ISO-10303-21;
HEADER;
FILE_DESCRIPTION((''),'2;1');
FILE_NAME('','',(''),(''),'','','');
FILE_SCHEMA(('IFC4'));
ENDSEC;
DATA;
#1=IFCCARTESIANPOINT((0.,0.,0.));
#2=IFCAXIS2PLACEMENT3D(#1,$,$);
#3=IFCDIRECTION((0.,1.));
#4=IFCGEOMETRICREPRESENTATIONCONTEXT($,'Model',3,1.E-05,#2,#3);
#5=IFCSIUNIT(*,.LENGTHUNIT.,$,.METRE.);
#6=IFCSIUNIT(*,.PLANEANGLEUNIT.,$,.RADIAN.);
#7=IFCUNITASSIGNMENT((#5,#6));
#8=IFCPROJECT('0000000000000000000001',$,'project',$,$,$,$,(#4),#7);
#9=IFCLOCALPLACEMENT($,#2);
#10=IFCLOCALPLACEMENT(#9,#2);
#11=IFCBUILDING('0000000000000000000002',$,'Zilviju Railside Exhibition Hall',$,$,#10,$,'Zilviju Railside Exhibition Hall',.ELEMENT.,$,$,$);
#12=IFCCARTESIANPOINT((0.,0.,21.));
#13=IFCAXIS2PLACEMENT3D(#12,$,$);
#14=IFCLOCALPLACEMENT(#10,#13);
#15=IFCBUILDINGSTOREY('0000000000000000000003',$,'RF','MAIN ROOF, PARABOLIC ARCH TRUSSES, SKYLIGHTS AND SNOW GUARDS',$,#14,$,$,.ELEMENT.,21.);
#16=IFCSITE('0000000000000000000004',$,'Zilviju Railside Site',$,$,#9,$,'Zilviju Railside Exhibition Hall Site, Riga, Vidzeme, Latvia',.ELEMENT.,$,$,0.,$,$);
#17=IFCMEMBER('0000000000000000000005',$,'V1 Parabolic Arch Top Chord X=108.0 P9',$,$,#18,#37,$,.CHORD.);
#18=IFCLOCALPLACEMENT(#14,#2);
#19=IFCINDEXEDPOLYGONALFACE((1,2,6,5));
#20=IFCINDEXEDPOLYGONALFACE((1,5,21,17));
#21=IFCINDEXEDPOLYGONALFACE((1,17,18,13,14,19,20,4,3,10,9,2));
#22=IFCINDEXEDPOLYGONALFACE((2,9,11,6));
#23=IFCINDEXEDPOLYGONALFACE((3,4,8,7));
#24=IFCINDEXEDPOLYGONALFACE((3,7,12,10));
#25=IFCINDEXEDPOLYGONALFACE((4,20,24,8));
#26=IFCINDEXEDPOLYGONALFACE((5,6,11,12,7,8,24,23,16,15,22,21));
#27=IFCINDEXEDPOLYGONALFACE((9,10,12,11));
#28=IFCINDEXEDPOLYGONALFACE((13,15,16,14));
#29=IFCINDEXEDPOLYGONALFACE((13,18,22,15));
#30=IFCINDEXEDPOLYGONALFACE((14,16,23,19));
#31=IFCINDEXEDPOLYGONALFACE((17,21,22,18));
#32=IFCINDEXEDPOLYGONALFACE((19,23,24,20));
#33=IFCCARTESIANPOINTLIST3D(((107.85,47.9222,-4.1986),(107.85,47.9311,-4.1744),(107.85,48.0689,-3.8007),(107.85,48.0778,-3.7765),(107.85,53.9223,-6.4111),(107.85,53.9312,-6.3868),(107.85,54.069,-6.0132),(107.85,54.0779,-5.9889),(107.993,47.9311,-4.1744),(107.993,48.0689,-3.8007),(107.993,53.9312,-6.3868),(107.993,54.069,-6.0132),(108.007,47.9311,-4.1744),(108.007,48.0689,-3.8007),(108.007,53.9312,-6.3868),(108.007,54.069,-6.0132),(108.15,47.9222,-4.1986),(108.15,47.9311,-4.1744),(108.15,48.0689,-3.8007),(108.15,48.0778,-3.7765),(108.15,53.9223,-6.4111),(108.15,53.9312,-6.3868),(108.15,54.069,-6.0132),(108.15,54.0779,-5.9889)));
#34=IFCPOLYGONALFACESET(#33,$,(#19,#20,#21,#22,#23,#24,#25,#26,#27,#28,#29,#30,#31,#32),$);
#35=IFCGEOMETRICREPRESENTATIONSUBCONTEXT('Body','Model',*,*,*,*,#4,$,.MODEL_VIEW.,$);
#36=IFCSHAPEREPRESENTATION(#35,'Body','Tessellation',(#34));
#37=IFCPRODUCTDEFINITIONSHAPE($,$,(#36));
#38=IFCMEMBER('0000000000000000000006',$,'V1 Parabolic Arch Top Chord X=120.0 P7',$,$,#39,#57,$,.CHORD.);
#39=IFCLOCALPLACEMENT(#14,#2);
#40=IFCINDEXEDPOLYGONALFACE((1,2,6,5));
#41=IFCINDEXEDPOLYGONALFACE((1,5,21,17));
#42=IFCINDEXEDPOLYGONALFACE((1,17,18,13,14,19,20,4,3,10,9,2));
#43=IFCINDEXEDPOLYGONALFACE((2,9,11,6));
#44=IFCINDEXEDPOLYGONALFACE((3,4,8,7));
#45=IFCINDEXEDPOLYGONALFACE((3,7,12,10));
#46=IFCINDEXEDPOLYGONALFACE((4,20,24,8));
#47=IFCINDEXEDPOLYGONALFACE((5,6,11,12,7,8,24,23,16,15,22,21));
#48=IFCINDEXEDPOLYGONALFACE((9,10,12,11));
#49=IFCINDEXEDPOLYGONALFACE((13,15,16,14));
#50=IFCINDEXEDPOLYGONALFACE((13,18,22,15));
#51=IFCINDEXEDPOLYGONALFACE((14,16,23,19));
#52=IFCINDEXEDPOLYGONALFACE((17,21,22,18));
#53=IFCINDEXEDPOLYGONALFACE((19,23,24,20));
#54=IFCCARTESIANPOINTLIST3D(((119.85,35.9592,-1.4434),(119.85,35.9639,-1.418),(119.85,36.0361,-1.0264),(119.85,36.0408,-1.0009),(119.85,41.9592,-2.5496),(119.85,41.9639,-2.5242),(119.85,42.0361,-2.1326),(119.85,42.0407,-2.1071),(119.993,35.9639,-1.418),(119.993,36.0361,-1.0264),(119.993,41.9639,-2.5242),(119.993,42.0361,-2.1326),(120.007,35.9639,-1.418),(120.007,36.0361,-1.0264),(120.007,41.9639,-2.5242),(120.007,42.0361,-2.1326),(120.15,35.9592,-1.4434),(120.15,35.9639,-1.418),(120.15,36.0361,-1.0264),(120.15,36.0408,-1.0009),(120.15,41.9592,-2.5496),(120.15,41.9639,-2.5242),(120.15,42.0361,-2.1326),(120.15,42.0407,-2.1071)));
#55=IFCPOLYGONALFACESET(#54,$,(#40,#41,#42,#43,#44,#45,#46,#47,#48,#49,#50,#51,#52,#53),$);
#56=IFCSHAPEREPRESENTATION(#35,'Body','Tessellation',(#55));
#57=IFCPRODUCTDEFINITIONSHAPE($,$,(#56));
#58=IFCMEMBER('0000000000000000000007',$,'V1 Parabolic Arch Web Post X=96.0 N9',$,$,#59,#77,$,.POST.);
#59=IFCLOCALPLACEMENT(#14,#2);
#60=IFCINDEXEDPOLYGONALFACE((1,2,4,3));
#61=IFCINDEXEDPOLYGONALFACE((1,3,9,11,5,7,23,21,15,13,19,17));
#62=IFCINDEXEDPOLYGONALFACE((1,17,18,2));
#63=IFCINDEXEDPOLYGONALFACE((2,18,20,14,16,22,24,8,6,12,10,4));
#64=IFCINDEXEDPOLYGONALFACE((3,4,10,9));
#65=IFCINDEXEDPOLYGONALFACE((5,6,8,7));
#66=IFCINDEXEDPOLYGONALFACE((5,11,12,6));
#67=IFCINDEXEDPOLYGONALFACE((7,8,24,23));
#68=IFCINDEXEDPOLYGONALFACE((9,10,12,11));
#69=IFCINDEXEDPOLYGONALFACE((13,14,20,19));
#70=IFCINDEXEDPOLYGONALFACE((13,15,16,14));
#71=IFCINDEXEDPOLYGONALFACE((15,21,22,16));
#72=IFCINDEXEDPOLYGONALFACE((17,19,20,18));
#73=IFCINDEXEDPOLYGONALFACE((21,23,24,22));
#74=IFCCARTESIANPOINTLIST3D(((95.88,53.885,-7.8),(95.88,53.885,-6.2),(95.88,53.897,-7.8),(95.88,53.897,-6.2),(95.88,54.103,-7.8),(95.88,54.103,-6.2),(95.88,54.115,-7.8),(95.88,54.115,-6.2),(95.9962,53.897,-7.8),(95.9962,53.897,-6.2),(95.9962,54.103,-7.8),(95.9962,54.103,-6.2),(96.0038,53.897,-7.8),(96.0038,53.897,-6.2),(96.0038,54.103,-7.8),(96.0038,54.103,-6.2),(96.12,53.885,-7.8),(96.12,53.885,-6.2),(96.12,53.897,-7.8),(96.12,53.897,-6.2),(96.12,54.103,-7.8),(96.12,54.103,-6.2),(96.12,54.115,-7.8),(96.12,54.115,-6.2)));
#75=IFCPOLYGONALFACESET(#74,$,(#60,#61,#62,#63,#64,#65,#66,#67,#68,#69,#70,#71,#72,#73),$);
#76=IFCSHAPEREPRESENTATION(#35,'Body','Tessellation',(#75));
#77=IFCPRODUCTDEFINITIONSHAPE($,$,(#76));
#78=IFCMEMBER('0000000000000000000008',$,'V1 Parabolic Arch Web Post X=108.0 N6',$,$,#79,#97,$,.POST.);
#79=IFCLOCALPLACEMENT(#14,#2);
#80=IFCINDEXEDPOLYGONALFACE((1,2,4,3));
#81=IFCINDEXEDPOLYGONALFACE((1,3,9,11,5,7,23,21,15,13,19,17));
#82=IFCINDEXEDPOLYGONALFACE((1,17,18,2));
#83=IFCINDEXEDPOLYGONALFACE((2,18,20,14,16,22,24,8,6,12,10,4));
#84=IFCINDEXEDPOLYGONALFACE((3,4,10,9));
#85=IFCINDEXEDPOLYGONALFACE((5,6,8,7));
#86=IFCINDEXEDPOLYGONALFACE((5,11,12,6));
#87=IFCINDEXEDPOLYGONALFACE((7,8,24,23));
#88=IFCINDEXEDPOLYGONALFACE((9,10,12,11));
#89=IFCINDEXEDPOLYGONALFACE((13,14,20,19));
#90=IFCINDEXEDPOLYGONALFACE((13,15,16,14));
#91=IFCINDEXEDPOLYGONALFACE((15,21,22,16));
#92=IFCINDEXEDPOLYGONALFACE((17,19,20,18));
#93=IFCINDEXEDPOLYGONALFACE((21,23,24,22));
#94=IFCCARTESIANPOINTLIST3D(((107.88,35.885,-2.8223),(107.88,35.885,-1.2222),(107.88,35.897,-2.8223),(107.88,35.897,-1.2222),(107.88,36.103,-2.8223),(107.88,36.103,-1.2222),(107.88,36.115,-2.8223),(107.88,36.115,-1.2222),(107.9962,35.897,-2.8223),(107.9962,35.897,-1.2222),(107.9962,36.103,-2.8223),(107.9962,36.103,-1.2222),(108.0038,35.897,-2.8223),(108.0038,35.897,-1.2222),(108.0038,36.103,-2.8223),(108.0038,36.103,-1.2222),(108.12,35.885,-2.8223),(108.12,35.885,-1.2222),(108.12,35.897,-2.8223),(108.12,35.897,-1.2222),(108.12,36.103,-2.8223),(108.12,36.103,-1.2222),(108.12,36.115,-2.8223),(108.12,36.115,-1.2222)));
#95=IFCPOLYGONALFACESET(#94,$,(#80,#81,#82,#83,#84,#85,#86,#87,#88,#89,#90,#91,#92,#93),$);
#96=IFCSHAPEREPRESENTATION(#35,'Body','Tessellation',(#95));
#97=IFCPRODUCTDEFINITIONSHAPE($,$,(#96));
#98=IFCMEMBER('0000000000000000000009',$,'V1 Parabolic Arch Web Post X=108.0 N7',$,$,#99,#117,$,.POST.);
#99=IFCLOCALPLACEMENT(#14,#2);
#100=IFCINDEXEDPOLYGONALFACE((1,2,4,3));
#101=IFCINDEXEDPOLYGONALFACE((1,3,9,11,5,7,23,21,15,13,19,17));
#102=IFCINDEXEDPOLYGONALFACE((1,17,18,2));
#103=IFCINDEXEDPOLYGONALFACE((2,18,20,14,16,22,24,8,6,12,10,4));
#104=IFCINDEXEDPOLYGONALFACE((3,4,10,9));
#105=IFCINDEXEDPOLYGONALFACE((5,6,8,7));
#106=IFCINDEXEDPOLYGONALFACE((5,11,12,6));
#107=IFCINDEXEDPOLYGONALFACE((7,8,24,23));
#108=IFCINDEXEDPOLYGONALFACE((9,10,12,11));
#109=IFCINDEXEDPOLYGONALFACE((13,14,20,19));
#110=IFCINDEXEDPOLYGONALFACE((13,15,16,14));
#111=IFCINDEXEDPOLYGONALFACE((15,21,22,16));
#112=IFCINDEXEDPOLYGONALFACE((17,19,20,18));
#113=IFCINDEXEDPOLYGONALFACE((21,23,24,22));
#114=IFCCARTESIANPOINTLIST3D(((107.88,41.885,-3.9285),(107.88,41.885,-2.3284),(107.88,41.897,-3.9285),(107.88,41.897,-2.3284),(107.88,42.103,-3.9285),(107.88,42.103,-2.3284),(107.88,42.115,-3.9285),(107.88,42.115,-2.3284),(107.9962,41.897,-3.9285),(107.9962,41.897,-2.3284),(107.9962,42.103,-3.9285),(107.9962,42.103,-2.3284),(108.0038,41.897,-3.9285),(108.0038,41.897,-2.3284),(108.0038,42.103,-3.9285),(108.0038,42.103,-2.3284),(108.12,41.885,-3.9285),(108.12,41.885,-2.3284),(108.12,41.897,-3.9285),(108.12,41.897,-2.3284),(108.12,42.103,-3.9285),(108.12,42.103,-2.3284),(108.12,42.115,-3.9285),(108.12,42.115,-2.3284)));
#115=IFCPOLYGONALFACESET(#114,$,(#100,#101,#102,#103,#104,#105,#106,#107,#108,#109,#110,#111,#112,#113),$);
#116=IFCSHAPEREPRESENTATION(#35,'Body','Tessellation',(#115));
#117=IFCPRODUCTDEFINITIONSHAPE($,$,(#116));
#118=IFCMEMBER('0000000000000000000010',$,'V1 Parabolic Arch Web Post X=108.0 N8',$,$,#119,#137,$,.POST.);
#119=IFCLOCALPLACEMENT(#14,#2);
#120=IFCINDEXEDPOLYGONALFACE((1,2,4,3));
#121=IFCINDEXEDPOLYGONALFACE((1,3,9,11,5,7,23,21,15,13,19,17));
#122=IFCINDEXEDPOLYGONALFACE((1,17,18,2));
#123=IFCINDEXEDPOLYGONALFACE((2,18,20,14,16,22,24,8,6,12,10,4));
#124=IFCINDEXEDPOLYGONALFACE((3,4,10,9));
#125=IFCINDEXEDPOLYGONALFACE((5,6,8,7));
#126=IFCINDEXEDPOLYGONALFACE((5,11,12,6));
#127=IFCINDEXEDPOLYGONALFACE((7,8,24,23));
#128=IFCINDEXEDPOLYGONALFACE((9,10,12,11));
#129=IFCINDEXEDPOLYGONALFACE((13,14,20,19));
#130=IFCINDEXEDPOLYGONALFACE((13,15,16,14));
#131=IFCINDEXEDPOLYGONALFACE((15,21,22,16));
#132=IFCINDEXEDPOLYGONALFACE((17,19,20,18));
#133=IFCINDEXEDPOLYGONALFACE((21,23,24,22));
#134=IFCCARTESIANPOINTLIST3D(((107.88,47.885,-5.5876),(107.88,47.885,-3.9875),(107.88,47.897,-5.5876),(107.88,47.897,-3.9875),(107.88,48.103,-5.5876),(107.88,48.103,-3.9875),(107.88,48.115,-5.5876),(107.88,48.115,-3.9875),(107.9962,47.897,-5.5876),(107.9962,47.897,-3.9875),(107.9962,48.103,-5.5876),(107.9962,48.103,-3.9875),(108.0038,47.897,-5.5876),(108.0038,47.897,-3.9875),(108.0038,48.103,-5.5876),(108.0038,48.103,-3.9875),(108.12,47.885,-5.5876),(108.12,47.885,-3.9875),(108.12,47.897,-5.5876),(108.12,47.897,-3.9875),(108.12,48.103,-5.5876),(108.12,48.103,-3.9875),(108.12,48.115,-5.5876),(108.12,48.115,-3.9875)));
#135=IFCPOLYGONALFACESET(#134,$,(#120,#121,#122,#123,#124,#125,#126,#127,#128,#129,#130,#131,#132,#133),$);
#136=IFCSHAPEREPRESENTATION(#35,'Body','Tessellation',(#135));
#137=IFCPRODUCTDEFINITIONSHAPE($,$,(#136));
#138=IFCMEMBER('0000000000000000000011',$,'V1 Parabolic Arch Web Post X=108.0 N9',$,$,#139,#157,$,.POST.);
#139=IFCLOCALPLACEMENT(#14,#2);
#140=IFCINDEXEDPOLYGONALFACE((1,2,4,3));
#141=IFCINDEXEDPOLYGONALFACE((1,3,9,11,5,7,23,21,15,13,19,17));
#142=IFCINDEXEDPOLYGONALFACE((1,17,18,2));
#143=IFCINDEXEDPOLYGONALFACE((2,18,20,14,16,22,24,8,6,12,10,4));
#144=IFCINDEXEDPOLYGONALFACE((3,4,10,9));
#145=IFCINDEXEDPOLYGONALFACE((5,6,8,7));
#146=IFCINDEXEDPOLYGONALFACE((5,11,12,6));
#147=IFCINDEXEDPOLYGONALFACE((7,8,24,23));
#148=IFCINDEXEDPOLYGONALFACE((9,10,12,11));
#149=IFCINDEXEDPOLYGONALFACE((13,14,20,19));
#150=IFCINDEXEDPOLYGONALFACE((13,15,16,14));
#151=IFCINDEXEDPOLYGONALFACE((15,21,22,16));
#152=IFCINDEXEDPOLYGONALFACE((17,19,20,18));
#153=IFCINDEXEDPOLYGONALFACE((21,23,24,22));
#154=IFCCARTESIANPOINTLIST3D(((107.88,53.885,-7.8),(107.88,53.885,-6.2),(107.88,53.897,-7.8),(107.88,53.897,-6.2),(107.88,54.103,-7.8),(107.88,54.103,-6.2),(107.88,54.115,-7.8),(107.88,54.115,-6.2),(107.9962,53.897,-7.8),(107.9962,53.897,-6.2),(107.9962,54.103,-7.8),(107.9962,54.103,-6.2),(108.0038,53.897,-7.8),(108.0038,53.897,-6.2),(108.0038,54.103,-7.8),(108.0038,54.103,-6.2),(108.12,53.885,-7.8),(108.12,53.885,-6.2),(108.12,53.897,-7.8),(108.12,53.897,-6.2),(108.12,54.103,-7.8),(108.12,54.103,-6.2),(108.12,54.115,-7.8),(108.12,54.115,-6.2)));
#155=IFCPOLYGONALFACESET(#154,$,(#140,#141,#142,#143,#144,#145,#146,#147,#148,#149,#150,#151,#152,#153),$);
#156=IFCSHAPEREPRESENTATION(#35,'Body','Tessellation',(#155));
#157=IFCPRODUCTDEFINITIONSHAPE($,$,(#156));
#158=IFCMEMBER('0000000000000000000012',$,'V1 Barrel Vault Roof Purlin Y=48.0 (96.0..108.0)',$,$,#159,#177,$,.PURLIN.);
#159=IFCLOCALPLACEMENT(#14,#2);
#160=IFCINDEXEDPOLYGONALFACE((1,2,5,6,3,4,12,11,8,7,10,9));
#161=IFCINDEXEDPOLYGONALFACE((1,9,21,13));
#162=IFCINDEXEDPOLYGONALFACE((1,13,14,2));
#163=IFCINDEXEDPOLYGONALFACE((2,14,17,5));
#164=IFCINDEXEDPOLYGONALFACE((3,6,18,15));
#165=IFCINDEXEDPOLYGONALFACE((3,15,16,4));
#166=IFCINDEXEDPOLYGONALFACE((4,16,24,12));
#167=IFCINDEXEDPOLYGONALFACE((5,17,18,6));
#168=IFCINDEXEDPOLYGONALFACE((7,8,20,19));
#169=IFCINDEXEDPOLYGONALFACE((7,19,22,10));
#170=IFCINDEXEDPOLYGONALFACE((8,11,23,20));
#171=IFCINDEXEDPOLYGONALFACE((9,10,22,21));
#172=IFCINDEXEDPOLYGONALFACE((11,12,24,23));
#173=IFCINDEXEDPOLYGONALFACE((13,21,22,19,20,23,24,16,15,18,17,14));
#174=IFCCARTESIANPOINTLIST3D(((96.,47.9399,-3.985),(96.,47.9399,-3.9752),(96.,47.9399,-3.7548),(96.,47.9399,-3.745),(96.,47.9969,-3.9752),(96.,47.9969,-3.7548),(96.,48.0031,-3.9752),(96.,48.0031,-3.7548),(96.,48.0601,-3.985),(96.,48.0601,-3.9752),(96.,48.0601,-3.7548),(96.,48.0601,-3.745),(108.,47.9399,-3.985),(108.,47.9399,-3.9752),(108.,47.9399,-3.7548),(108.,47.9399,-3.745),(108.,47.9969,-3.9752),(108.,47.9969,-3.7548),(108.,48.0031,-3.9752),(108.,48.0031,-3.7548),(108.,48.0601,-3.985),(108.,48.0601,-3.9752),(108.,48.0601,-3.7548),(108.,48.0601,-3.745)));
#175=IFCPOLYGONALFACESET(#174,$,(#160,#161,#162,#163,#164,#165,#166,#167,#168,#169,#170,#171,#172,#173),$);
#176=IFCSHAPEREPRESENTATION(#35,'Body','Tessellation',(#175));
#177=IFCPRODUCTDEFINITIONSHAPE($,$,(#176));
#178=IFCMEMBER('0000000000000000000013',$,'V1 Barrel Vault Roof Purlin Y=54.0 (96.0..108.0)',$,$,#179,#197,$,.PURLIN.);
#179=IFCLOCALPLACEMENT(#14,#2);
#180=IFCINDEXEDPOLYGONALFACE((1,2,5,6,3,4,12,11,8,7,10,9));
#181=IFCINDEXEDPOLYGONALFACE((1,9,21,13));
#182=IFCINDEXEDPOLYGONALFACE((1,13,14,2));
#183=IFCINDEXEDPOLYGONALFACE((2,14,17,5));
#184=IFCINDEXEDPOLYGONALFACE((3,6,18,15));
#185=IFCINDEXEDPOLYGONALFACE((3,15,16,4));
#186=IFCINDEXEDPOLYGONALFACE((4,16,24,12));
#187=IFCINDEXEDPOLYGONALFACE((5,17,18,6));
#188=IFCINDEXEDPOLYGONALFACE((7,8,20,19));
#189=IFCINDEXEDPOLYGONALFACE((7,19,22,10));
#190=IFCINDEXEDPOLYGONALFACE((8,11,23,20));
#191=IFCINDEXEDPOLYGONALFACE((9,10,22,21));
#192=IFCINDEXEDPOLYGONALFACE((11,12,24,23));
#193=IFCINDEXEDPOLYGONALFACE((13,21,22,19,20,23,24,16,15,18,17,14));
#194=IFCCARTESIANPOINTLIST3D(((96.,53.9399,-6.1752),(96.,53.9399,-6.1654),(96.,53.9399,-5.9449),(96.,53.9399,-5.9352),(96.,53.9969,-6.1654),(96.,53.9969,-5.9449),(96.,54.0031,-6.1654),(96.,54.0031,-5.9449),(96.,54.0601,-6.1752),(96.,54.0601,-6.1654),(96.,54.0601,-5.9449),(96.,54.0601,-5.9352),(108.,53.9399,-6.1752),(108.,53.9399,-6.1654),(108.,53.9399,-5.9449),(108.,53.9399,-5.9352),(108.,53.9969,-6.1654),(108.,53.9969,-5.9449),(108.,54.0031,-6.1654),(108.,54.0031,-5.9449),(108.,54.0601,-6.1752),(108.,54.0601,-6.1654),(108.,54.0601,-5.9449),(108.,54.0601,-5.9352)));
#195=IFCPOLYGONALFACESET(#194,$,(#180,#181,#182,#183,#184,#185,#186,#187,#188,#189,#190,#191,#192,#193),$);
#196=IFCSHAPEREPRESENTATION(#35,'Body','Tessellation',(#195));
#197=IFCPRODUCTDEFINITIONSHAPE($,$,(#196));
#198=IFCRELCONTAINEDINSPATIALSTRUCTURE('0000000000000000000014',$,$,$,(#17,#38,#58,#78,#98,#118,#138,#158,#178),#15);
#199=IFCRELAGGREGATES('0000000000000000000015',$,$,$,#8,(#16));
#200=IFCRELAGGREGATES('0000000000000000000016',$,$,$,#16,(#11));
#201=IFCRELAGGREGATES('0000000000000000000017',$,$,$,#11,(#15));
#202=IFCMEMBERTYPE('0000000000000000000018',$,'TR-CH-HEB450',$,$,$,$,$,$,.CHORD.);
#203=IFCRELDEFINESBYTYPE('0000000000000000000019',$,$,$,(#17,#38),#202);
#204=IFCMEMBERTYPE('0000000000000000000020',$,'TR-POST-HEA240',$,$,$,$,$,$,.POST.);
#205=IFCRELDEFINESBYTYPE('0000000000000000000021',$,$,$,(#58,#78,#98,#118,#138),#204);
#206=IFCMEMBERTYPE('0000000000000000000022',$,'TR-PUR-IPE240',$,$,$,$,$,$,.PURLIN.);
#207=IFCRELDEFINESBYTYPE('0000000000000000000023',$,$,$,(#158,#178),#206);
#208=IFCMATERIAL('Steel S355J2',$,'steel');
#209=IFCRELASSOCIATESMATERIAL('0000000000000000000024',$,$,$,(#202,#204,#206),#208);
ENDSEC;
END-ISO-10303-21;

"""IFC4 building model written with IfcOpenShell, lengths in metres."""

from ifc_helpers import new_model, si_unit, direction, frame, origin, origin_2d, place, context, subcontext, project, spatial, i_section, extrude, material, material_profile, profile_set, type_object, element, save


model = new_model("IFC4")

# Units and contexts
model_context = context("Model", 3, precision=1e-05, world=origin(), true_north=direction((0.0, 1.0)))
body_context = subcontext(model_context, "Body", "Model", "MODEL_VIEW")
ifc_project = project(units=[si_unit("LENGTHUNIT", "METRE"), si_unit("PLANEANGLEUNIT", "RADIAN")], contexts=[model_context])

# Site, building, storey
site_placement = place(None, origin())
site = spatial("IfcSite", under=ifc_project, at=site_placement, Name="Zilviju Railside Site", LongName="Zilviju Railside Exhibition Hall Site, Riga, Vidzeme, Latvia", CompositionType="ELEMENT", RefElevation=0.0)
building_placement = place(site_placement, origin())
building = spatial("IfcBuilding", under=site, at=building_placement, Name="Zilviju Railside Exhibition Hall", LongName="Zilviju Railside Exhibition Hall", CompositionType="ELEMENT")
storey_placement = place(building_placement, frame((0.0, 0.0, 21.0)))
storey = spatial("IfcBuildingStorey", under=building, at=storey_placement, Name="RF", Description="MAIN ROOF, PARABOLIC ARCH TRUSSES, SKYLIGHTS AND SNOW GUARDS", CompositionType="ELEMENT", Elevation=21.0)

# Members
ifc_material_1 = material(Name="Steel S355J2", Category="steel")
ifc_material_profile_1 = material_profile(ifc_material_1, i_section(OverallWidth=0.3, OverallDepth=0.45, WebThickness=0.0139, FlangeThickness=0.0259, at=origin_2d()), Name="HEB 450")
ifc_profile_set_1 = profile_set([ifc_material_profile_1], Name="Steel S355J2")
member_type_1 = type_object("IfcMemberType", Name="TR-CH-HEB450", PredefinedType="CHORD", material=ifc_profile_set_1)
member_1_placement = place(storey_placement, frame((108.0, 48.0, -3.9875), z_axis=(0.0, 0.938248, -0.345964), x_axis=(-1.0, 0.0, 0.0)))
element("IfcMember", 1, at=member_1_placement, inside=storey, type_object=member_type_1, Name="V1 Parabolic Arch Top Chord X=108.0 P9", PredefinedType="CHORD", context=body_context, shape_type="SweptSolid", body=[
    extrude(i_section(OverallWidth=0.3, OverallDepth=0.45, WebThickness=0.0139, FlangeThickness=0.0259, at=origin_2d()), origin(), (0.0, 0.0, 1.0), 6.395),
])
member_2_placement = place(storey_placement, frame((120.0, 36.0, -1.2222), z_axis=(0.0, 0.983426, -0.181311), x_axis=(-1.0, 0.0, 0.0)))
element("IfcMember", 2, at=member_2_placement, inside=storey, type_object=member_type_1, Name="V1 Parabolic Arch Top Chord X=120.0 P7", PredefinedType="CHORD", context=body_context, shape_type="SweptSolid", body=[
    extrude(i_section(OverallWidth=0.3, OverallDepth=0.45, WebThickness=0.0139, FlangeThickness=0.0259, at=origin_2d()), origin(), (0.0, 0.0, 1.0), 6.1011),
])
ifc_material_profile_2 = material_profile(ifc_material_1, i_section(OverallWidth=0.24, OverallDepth=0.23, WebThickness=0.0076, FlangeThickness=0.012, at=origin_2d()), Name="HEA 240")
ifc_profile_set_2 = profile_set([ifc_material_profile_2], Name="Steel S355J2")
member_type_2 = type_object("IfcMemberType", Name="TR-POST-HEA240", PredefinedType="POST", material=ifc_profile_set_2)
for number, where, z_axis, x_axis, name in (
    (3, (96.0, 54.0, -7.8), (0.0, 0.0, 1.0), (1.0, 0.0, 0.0), "V1 Parabolic Arch Web Post X=96.0 N9"),
    (4, (108.0, 36.0, -2.8223), (0.0, 0.0, 1.0), (1.0, 0.0, 0.0), "V1 Parabolic Arch Web Post X=108.0 N6"),
    (5, (108.0, 42.0, -3.9285), (0.0, 0.0, 1.0), (1.0, 0.0, 0.0), "V1 Parabolic Arch Web Post X=108.0 N7"),
    (6, (108.0, 48.0, -5.5876), (0.0, 0.0, 1.0), (1.0, 0.0, 0.0), "V1 Parabolic Arch Web Post X=108.0 N8"),
    (7, (108.0, 54.0, -7.8), (0.0, 0.0, 1.0), (1.0, 0.0, 0.0), "V1 Parabolic Arch Web Post X=108.0 N9"),
):
    element("IfcMember", number, at=place(storey_placement, frame(where, z_axis=z_axis, x_axis=x_axis)), inside=storey, type_object=member_type_2, Name=name, PredefinedType="POST", context=body_context, shape_type="SweptSolid", body=[
        extrude(i_section(OverallWidth=0.24, OverallDepth=0.23, WebThickness=0.0076, FlangeThickness=0.012, at=origin_2d()), origin(), (0.0, 0.0, 1.0), 1.6001),
    ])
ifc_material_profile_3 = material_profile(ifc_material_1, i_section(OverallWidth=0.1201, OverallDepth=0.24, WebThickness=0.0061, FlangeThickness=0.0098, at=origin_2d()), Name="IPE 240")
ifc_profile_set_3 = profile_set([ifc_material_profile_3], Name="Steel S355J2")
member_type_3 = type_object("IfcMemberType", Name="TR-PUR-IPE240", PredefinedType="PURLIN", material=ifc_profile_set_3)
for number, where, z_axis, x_axis, name in (
    (8, (96.0, 48.0, -3.865), (1.0, 0.0, 0.0), (0.0, 1.0, 0.0), "V1 Barrel Vault Roof Purlin Y=48.0 (96.0..108.0)"),
    (9, (96.0, 54.0, -6.0552), (1.0, 0.0, 0.0), (0.0, 1.0, 0.0), "V1 Barrel Vault Roof Purlin Y=54.0 (96.0..108.0)"),
):
    element("IfcMember", number, at=place(storey_placement, frame(where, z_axis=z_axis, x_axis=x_axis)), inside=storey, type_object=member_type_3, Name=name, PredefinedType="PURLIN", context=body_context, shape_type="SweptSolid", body=[
        extrude(i_section(OverallWidth=0.1201, OverallDepth=0.24, WebThickness=0.0061, FlangeThickness=0.0098, at=origin_2d()), origin(), (0.0, 0.0, 1.0), 12.0),
    ])

save(model, "model.ifc")
